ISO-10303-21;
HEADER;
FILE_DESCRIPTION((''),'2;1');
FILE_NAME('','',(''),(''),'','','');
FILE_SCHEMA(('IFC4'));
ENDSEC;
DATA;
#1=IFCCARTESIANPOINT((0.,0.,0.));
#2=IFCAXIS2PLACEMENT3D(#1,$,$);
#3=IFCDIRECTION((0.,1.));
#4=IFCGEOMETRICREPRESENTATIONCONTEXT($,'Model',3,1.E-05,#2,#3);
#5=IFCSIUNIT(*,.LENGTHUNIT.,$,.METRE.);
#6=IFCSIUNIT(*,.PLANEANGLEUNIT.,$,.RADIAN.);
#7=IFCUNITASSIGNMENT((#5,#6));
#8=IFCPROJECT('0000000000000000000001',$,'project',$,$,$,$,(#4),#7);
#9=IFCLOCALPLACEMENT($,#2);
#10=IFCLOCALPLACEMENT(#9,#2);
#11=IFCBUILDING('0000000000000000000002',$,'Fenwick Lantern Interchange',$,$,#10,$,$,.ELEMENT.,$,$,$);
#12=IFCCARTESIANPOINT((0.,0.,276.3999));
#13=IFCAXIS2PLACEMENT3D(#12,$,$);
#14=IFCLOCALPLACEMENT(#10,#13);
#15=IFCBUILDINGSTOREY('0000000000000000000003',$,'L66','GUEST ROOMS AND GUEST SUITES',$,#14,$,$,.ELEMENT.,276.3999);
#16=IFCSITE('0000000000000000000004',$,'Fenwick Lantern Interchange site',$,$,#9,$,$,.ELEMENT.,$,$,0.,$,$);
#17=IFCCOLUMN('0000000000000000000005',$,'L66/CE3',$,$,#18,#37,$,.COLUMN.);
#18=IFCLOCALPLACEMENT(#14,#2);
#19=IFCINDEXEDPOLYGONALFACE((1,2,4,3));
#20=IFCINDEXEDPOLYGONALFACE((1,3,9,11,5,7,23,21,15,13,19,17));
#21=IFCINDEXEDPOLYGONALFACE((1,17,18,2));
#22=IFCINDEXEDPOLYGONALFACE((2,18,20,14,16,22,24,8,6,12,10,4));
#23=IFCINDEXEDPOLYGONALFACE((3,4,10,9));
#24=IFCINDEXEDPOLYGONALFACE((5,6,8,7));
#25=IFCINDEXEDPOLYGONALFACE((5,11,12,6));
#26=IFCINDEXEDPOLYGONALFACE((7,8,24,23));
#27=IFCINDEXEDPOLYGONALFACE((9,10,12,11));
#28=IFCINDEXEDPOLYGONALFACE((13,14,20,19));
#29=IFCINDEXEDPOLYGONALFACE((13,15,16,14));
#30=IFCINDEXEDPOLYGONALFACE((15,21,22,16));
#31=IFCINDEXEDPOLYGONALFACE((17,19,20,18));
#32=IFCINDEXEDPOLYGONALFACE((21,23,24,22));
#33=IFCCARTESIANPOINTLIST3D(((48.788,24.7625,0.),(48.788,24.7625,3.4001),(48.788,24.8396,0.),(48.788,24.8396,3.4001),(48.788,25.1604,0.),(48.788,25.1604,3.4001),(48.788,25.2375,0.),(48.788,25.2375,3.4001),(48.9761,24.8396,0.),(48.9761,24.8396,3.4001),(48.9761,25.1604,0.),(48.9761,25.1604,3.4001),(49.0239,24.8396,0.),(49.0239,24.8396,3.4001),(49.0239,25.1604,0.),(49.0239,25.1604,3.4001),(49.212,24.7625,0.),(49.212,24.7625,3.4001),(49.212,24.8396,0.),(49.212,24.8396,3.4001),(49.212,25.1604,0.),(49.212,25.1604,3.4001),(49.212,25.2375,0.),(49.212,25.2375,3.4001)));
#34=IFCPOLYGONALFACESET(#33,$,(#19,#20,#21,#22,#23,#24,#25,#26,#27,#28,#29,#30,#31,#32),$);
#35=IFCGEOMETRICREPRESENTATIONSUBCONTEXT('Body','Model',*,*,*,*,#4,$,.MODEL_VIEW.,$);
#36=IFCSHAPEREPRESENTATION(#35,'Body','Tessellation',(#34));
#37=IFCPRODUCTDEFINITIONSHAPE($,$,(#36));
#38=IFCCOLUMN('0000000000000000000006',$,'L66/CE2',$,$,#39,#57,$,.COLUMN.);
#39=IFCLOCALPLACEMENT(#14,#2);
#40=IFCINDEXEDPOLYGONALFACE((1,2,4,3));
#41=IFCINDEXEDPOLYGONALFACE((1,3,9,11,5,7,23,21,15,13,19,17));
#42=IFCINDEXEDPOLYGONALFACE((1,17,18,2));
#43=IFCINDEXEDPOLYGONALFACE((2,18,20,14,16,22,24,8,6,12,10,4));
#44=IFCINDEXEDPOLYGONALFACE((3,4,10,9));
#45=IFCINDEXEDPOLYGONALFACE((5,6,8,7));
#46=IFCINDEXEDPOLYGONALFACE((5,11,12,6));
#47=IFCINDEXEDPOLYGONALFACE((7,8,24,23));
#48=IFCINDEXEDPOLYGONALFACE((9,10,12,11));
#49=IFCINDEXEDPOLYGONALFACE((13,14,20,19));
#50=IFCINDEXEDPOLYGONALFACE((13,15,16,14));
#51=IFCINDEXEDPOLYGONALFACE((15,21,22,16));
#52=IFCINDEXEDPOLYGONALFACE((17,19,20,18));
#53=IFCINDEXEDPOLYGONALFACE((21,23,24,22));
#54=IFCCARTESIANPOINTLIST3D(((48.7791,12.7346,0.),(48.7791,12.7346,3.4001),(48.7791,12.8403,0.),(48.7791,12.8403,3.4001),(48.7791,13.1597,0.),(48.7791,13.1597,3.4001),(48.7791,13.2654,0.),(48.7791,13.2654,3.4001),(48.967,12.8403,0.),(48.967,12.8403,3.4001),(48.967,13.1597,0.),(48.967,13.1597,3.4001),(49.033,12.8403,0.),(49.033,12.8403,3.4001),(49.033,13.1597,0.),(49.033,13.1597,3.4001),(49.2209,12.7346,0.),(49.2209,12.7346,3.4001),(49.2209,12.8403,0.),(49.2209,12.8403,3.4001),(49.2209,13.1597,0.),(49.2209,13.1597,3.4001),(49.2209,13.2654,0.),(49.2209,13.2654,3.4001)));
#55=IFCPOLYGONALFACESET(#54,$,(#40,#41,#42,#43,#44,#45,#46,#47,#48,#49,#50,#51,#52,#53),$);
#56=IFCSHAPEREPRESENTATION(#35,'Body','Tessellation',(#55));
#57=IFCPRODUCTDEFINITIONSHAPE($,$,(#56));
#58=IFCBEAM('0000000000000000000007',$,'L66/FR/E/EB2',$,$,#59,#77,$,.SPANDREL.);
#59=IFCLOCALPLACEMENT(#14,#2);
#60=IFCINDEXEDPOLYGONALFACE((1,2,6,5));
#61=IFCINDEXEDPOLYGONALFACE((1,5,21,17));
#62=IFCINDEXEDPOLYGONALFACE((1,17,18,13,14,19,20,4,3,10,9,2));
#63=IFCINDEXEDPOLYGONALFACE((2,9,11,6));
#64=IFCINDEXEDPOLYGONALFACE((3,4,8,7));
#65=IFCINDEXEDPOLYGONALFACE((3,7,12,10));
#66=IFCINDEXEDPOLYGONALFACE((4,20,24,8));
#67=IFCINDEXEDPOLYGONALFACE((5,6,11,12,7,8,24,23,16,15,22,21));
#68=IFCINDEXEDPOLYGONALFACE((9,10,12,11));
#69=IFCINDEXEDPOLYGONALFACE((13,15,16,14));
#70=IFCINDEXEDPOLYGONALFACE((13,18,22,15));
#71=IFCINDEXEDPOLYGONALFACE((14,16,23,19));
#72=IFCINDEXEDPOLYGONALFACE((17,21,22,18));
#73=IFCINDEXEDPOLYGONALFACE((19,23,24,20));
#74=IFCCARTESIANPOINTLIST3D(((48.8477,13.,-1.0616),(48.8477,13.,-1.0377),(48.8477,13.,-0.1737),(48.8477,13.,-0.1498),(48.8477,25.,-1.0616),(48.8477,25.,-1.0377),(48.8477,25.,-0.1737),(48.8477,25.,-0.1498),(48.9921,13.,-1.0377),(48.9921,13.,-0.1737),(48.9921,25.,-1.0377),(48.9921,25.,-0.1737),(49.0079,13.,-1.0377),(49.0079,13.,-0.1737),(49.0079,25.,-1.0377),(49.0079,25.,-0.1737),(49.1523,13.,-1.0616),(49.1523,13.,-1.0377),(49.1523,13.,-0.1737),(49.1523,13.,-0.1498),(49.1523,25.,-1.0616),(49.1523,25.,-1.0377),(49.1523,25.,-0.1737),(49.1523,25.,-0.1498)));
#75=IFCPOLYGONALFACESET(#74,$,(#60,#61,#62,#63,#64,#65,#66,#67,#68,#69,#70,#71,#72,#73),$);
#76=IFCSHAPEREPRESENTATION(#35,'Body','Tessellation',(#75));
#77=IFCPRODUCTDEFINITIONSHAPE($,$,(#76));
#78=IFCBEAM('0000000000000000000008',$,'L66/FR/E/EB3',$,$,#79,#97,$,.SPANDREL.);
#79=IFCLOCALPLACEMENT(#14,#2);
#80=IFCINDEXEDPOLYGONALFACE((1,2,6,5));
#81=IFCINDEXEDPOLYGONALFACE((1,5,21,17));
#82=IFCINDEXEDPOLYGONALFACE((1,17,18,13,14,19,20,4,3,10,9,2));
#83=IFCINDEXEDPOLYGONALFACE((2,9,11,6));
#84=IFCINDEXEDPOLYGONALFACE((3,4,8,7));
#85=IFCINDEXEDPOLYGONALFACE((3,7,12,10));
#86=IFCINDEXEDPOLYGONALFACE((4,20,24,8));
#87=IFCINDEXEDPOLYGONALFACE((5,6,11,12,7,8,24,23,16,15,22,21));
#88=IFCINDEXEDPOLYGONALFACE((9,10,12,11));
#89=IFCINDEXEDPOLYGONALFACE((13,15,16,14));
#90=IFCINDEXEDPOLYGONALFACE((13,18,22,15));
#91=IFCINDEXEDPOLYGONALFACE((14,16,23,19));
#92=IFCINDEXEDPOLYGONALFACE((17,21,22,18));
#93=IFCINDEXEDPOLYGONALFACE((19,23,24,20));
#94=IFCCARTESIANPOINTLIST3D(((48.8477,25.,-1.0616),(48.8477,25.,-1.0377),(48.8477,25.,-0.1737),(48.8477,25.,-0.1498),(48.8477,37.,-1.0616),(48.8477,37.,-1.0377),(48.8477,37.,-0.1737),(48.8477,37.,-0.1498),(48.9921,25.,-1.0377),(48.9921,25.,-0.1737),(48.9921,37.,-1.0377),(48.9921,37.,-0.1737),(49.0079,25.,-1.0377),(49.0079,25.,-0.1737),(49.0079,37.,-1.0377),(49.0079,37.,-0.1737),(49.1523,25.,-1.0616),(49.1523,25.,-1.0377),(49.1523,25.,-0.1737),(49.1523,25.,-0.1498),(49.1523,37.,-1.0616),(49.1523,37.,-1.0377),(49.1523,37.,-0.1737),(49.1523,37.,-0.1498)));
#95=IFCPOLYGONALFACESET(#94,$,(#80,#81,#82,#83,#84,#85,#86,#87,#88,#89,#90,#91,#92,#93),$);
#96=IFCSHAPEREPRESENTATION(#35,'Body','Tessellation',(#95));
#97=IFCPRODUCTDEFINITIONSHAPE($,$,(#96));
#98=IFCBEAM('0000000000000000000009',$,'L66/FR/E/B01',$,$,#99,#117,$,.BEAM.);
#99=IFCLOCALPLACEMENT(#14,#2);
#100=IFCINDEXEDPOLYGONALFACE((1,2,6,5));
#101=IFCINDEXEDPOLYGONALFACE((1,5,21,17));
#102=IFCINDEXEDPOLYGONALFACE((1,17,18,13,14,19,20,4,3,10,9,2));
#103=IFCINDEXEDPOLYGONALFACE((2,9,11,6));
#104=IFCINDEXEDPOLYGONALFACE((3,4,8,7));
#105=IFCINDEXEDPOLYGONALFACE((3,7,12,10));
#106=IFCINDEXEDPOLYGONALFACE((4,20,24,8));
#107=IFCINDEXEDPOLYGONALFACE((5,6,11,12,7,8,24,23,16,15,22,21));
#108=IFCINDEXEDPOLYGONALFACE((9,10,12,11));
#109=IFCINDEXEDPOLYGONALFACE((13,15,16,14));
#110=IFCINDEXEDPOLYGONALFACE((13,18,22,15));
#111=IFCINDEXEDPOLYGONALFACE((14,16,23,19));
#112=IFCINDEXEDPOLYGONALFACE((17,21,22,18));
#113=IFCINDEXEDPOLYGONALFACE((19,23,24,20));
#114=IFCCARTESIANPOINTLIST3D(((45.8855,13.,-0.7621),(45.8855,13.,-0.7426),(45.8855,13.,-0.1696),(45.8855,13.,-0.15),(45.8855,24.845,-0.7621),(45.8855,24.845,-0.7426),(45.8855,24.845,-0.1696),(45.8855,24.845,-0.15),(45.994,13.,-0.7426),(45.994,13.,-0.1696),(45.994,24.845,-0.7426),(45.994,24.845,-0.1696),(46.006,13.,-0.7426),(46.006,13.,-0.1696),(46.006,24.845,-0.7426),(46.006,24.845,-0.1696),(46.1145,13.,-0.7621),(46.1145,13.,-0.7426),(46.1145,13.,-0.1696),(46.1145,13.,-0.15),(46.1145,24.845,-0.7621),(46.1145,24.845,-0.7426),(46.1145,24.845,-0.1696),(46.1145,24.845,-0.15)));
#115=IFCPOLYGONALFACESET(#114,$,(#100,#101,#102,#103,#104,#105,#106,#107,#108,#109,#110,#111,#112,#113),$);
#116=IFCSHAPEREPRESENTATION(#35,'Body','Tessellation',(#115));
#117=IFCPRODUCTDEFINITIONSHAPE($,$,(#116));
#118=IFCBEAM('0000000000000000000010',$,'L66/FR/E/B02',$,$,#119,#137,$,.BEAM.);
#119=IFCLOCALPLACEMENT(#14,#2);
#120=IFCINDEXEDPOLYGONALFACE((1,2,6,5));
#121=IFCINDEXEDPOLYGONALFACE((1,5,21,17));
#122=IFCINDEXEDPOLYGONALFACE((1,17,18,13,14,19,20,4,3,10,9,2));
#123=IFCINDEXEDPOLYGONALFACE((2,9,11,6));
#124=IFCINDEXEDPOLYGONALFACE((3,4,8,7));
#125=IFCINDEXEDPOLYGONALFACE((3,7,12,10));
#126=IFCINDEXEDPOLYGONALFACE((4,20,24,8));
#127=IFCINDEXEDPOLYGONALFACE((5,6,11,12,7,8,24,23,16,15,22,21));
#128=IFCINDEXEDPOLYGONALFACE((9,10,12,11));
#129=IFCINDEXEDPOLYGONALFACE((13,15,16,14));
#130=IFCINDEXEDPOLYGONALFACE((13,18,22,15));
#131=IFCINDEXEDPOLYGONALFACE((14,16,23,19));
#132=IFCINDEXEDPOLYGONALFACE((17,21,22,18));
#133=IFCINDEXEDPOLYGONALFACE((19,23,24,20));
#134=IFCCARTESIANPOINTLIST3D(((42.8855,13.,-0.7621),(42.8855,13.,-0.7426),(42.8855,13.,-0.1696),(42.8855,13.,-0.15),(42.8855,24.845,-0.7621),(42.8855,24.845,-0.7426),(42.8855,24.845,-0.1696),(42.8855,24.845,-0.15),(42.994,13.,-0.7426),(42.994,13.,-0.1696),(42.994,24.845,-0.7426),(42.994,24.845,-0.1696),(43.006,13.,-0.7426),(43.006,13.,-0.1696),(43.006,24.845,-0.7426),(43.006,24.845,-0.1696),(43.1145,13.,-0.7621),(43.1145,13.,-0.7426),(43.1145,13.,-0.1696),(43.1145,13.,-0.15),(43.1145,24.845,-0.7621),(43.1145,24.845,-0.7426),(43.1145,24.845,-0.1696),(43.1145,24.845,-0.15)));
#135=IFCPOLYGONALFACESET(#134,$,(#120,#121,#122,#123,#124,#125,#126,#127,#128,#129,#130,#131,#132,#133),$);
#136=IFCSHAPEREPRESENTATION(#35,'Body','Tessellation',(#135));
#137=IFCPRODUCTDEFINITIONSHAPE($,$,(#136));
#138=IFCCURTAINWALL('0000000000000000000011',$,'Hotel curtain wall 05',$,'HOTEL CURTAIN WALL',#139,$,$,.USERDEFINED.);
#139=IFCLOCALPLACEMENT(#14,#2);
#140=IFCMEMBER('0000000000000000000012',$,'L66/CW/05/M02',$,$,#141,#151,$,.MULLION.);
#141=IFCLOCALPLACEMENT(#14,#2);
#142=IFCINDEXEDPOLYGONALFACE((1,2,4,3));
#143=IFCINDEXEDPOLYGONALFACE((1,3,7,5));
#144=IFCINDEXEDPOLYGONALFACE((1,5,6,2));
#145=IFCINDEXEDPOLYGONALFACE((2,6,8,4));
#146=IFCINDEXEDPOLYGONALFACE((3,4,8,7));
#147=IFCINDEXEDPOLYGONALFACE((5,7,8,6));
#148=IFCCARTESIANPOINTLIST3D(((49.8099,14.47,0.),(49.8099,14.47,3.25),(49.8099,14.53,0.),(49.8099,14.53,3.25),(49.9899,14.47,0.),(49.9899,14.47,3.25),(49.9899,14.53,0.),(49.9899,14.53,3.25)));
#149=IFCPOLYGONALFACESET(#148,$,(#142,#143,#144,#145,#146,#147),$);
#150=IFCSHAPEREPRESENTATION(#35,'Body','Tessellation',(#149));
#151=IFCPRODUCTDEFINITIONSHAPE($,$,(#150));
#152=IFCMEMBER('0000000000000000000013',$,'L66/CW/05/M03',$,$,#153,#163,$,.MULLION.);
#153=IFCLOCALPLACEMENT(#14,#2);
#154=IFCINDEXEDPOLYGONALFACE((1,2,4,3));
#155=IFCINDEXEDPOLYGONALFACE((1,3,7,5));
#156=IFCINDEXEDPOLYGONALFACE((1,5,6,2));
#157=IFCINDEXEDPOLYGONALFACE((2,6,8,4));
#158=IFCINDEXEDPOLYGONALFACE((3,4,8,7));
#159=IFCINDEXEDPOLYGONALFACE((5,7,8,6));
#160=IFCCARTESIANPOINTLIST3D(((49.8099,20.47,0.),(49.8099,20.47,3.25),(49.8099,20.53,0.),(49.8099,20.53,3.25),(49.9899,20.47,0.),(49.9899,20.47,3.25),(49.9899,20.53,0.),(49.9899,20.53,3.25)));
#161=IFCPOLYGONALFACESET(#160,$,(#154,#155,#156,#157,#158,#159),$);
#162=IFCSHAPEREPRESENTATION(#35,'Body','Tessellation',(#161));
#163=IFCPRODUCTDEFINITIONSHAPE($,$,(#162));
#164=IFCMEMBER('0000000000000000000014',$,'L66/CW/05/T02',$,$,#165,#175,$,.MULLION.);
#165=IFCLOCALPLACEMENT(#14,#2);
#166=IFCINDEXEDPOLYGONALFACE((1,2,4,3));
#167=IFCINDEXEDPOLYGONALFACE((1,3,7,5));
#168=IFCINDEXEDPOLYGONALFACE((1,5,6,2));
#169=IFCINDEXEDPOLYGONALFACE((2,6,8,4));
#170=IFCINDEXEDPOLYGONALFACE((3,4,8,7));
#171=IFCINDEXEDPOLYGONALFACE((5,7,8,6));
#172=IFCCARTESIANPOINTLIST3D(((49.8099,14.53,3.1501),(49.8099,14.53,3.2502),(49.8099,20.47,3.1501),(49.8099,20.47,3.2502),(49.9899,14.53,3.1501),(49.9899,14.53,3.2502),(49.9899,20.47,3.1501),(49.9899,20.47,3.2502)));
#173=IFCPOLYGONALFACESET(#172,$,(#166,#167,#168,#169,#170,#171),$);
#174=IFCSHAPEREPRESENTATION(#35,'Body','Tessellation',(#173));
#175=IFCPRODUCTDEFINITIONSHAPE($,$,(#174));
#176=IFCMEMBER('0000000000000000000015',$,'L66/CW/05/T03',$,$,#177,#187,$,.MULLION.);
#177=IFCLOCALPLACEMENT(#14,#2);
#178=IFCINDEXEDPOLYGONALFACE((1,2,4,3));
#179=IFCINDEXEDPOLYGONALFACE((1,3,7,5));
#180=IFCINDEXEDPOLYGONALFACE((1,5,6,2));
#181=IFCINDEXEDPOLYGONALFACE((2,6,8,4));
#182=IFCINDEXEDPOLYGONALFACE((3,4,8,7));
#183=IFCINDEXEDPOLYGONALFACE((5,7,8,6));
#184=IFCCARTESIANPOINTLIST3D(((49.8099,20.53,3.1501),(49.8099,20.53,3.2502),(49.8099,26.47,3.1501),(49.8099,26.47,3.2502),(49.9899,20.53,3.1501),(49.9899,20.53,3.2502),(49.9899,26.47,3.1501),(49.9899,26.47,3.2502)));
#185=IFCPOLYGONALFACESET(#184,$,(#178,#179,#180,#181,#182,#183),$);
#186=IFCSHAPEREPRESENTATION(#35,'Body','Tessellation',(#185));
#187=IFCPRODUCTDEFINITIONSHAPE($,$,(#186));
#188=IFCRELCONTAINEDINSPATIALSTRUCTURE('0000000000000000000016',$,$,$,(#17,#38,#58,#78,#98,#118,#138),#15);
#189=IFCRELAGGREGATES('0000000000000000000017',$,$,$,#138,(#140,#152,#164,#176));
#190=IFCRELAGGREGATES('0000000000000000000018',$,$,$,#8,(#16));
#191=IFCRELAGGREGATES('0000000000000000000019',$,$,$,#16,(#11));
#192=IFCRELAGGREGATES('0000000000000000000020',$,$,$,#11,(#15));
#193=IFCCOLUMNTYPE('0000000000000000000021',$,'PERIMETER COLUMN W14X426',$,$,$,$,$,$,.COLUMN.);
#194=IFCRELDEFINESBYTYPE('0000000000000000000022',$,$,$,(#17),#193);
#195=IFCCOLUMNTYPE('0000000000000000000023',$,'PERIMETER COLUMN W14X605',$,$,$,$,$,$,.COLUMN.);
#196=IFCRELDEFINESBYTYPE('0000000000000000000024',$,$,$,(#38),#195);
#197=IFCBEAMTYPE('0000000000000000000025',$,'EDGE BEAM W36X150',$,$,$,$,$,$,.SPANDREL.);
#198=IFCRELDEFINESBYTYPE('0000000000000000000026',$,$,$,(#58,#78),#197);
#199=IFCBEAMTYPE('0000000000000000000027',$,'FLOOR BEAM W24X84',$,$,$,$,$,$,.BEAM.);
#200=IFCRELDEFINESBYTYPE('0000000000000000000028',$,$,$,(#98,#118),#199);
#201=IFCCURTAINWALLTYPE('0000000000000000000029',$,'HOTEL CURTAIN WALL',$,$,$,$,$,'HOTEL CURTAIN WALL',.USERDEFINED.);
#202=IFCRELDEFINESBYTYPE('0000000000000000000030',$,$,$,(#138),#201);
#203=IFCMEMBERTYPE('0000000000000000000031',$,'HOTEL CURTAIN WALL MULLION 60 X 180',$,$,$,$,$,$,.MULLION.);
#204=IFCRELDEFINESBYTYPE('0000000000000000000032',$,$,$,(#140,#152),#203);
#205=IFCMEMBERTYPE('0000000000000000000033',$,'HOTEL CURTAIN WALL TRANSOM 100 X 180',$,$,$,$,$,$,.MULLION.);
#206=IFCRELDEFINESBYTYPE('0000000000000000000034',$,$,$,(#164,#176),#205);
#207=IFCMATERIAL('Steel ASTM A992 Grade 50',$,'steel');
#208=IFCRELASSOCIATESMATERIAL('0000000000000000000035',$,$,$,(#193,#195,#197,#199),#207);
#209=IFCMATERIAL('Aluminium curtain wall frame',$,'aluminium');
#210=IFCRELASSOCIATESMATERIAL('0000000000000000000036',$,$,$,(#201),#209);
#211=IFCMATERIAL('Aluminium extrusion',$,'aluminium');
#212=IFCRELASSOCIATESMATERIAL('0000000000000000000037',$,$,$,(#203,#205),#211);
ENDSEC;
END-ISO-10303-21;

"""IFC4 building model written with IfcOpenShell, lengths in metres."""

from ifc_helpers import new_model, si_unit, direction, frame, origin, origin_2d, place, context, subcontext, project, spatial, rectangle, i_section, extrude, material, material_profile, profile_set, type_object, element, aggregate, save


model = new_model("IFC4")

# Units and contexts
model_context = context("Model", 3, precision=1e-05, world=origin(), true_north=direction((0.0, 1.0)))
body_context = subcontext(model_context, "Body", "Model", "MODEL_VIEW")
ifc_project = project(units=[si_unit("LENGTHUNIT", "METRE"), si_unit("PLANEANGLEUNIT", "RADIAN")], contexts=[model_context])

# Site, building, storey
site_placement = place(None, origin())
site = spatial("IfcSite", under=ifc_project, at=site_placement, Name="Fenwick Lantern Interchange site", CompositionType="ELEMENT", RefElevation=0.0)
building_placement = place(site_placement, origin())
building = spatial("IfcBuilding", under=site, at=building_placement, Name="Fenwick Lantern Interchange", CompositionType="ELEMENT")
storey_placement = place(building_placement, frame((0.0, 0.0, 276.3999)))
storey = spatial("IfcBuildingStorey", under=building, at=storey_placement, Name="L66", Description="GUEST ROOMS AND GUEST SUITES", CompositionType="ELEMENT", Elevation=276.3999)

# Columns
ifc_material_1 = material(Name="Steel ASTM A992 Grade 50", Category="steel")
ifc_material_profile_1 = material_profile(ifc_material_1, i_section(OverallWidth=0.4241, OverallDepth=0.4751, WebThickness=0.0479, FlangeThickness=0.0771, at=origin_2d()), Name="W14X426")
ifc_profile_set_1 = profile_set([ifc_material_profile_1], Name="Steel ASTM A992 Grade 50")
column_type_1 = type_object("IfcColumnType", Name="PERIMETER COLUMN W14X426", PredefinedType="COLUMN", material=ifc_profile_set_1)
column_1_placement = place(storey_placement, frame((49.0, 25.0, 0.0), z_axis=(0.0, 0.0, 1.0), x_axis=(1.0, 0.0, 0.0)))
element("IfcColumn", 1, at=column_1_placement, inside=storey, type_object=column_type_1, Name="L66/CE3", PredefinedType="COLUMN", context=body_context, shape_type="SweptSolid", body=[
    extrude(i_section(OverallWidth=0.4241, OverallDepth=0.4751, WebThickness=0.0479, FlangeThickness=0.0771, at=origin_2d()), origin(), (0.0, 0.0, 1.0), 3.4001),
])
ifc_material_profile_2 = material_profile(ifc_material_1, i_section(OverallWidth=0.4419, OverallDepth=0.5308, WebThickness=0.0659, FlangeThickness=0.1057, at=origin_2d()), Name="W14X605")
ifc_profile_set_2 = profile_set([ifc_material_profile_2], Name="Steel ASTM A992 Grade 50")
column_type_2 = type_object("IfcColumnType", Name="PERIMETER COLUMN W14X605", PredefinedType="COLUMN", material=ifc_profile_set_2)
column_2_placement = place(storey_placement, frame((49.0, 13.0, 0.0), z_axis=(0.0, 0.0, 1.0), x_axis=(1.0, 0.0, 0.0)))
element("IfcColumn", 2, at=column_2_placement, inside=storey, type_object=column_type_2, Name="L66/CE2", PredefinedType="COLUMN", context=body_context, shape_type="SweptSolid", body=[
    extrude(i_section(OverallWidth=0.4419, OverallDepth=0.5308, WebThickness=0.0659, FlangeThickness=0.1057, at=origin_2d()), origin(), (0.0, 0.0, 1.0), 3.4001),
])

# Beams
ifc_material_profile_3 = material_profile(ifc_material_1, i_section(OverallWidth=0.3047, OverallDepth=0.9119, WebThickness=0.0159, FlangeThickness=0.0239, at=origin_2d()), Name="W36X150")
ifc_profile_set_3 = profile_set([ifc_material_profile_3], Name="Steel ASTM A992 Grade 50")
beam_type_1 = type_object("IfcBeamType", Name="EDGE BEAM W36X150", PredefinedType="SPANDREL", material=ifc_profile_set_3)
for number, where, z_axis, x_axis, name in (
    (3, (49.0, 13.0, -0.6057), (0.0, 1.0, 0.0), (-1.0, 0.0, 0.0), "L66/FR/E/EB2"),
    (4, (49.0, 25.0, -0.6057), (0.0, 1.0, 0.0), (-1.0, 0.0, 0.0), "L66/FR/E/EB3"),
):
    element("IfcBeam", number, at=place(storey_placement, frame(where, z_axis=z_axis, x_axis=x_axis)), inside=storey, type_object=beam_type_1, Name=name, PredefinedType="SPANDREL", context=body_context, shape_type="SweptSolid", body=[
        extrude(i_section(OverallWidth=0.3047, OverallDepth=0.9119, WebThickness=0.0159, FlangeThickness=0.0239, at=origin_2d()), origin(), (0.0, 0.0, 1.0), 12.0),
    ])
ifc_material_profile_4 = material_profile(ifc_material_1, i_section(OverallWidth=0.229, OverallDepth=0.6121, WebThickness=0.012, FlangeThickness=0.0195, at=origin_2d()), Name="W24X84")
ifc_profile_set_4 = profile_set([ifc_material_profile_4], Name="Steel ASTM A992 Grade 50")
beam_type_2 = type_object("IfcBeamType", Name="FLOOR BEAM W24X84", PredefinedType="BEAM", material=ifc_profile_set_4)
for number, where, z_axis, x_axis, name in (
    (5, (46.0, 13.0, -0.4561), (0.0, 1.0, 0.0), (-1.0, 0.0, 0.0), "L66/FR/E/B01"),
    (6, (43.0, 13.0, -0.4561), (0.0, 1.0, 0.0), (-1.0, 0.0, 0.0), "L66/FR/E/B02"),
):
    element("IfcBeam", number, at=place(storey_placement, frame(where, z_axis=z_axis, x_axis=x_axis)), inside=storey, type_object=beam_type_2, Name=name, PredefinedType="BEAM", context=body_context, shape_type="SweptSolid", body=[
        extrude(i_section(OverallWidth=0.229, OverallDepth=0.6121, WebThickness=0.012, FlangeThickness=0.0195, at=origin_2d()), origin(), (0.0, 0.0, 1.0), 11.845),
    ])

# Curtain wall, members
ifc_material_2 = material(Name="Aluminium curtain wall frame", Category="aluminium")
curtain_wall_type = type_object("IfcCurtainWallType", Name="HOTEL CURTAIN WALL", ElementType="HOTEL CURTAIN WALL", PredefinedType="USERDEFINED", material=ifc_material_2)
curtain_wall_placement = place(storey_placement, origin())
curtain_wall = element("IfcCurtainWall", 7, at=curtain_wall_placement, inside=storey, type_object=curtain_wall_type, Name="Hotel curtain wall 05", ObjectType="HOTEL CURTAIN WALL", PredefinedType="USERDEFINED")
ifc_material_3 = material(Name="Aluminium extrusion", Category="aluminium")
ifc_material_profile_5 = material_profile(ifc_material_3, rectangle(XDim=0.1799, YDim=0.0601, at=origin_2d()), Name="HOTEL CURTAIN WALL MULLION 60 X 180")
ifc_profile_set_5 = profile_set([ifc_material_profile_5], Name="Aluminium extrusion")
member_type_1 = type_object("IfcMemberType", Name="HOTEL CURTAIN WALL MULLION 60 X 180", PredefinedType="MULLION", material=ifc_profile_set_5)
member_1_placement = place(storey_placement, frame((49.8999, 14.5, 0.0), z_axis=(0.0, 0.0, 1.0), x_axis=(-1.0, 0.0, 0.0)))
member_1 = element("IfcMember", 8, at=member_1_placement, type_object=member_type_1, Name="L66/CW/05/M02", PredefinedType="MULLION", context=body_context, shape_type="SweptSolid", body=[
    extrude(rectangle(XDim=0.1799, YDim=0.0601, at=origin_2d()), origin(), (0.0, 0.0, 1.0), 3.25),
])
member_2_placement = place(storey_placement, frame((49.8999, 20.5, 0.0), z_axis=(0.0, 0.0, 1.0), x_axis=(-1.0, 0.0, 0.0)))
member_2 = element("IfcMember", 9, at=member_2_placement, type_object=member_type_1, Name="L66/CW/05/M03", PredefinedType="MULLION", context=body_context, shape_type="SweptSolid", body=[
    extrude(rectangle(XDim=0.1799, YDim=0.0601, at=origin_2d()), origin(), (0.0, 0.0, 1.0), 3.25),
])
ifc_material_profile_6 = material_profile(ifc_material_3, rectangle(XDim=0.1799, YDim=0.1001, at=origin_2d()), Name="HOTEL CURTAIN WALL TRANSOM 100 X 180")
ifc_profile_set_6 = profile_set([ifc_material_profile_6], Name="Aluminium extrusion")
member_type_2 = type_object("IfcMemberType", Name="HOTEL CURTAIN WALL TRANSOM 100 X 180", PredefinedType="MULLION", material=ifc_profile_set_6)
member_3_placement = place(storey_placement, frame((49.8999, 14.53, 3.2002), z_axis=(0.0, 1.0, 0.0), x_axis=(-1.0, 0.0, 0.0)))
member_3 = element("IfcMember", 10, at=member_3_placement, type_object=member_type_2, Name="L66/CW/05/T02", PredefinedType="MULLION", context=body_context, shape_type="SweptSolid", body=[
    extrude(rectangle(XDim=0.1799, YDim=0.1001, at=origin_2d()), origin(), (0.0, 0.0, 1.0), 5.9399),
])
member_4_placement = place(storey_placement, frame((49.8999, 20.53, 3.2002), z_axis=(0.0, 1.0, 0.0), x_axis=(-1.0, 0.0, 0.0)))
member_4 = element("IfcMember", 11, at=member_4_placement, type_object=member_type_2, Name="L66/CW/05/T03", PredefinedType="MULLION", context=body_context, shape_type="SweptSolid", body=[
    extrude(rectangle(XDim=0.1799, YDim=0.1001, at=origin_2d()), origin(), (0.0, 0.0, 1.0), 5.9399),
])
aggregate(curtain_wall, [member_1, member_2, member_3, member_4])

save(model, "model.ifc")
